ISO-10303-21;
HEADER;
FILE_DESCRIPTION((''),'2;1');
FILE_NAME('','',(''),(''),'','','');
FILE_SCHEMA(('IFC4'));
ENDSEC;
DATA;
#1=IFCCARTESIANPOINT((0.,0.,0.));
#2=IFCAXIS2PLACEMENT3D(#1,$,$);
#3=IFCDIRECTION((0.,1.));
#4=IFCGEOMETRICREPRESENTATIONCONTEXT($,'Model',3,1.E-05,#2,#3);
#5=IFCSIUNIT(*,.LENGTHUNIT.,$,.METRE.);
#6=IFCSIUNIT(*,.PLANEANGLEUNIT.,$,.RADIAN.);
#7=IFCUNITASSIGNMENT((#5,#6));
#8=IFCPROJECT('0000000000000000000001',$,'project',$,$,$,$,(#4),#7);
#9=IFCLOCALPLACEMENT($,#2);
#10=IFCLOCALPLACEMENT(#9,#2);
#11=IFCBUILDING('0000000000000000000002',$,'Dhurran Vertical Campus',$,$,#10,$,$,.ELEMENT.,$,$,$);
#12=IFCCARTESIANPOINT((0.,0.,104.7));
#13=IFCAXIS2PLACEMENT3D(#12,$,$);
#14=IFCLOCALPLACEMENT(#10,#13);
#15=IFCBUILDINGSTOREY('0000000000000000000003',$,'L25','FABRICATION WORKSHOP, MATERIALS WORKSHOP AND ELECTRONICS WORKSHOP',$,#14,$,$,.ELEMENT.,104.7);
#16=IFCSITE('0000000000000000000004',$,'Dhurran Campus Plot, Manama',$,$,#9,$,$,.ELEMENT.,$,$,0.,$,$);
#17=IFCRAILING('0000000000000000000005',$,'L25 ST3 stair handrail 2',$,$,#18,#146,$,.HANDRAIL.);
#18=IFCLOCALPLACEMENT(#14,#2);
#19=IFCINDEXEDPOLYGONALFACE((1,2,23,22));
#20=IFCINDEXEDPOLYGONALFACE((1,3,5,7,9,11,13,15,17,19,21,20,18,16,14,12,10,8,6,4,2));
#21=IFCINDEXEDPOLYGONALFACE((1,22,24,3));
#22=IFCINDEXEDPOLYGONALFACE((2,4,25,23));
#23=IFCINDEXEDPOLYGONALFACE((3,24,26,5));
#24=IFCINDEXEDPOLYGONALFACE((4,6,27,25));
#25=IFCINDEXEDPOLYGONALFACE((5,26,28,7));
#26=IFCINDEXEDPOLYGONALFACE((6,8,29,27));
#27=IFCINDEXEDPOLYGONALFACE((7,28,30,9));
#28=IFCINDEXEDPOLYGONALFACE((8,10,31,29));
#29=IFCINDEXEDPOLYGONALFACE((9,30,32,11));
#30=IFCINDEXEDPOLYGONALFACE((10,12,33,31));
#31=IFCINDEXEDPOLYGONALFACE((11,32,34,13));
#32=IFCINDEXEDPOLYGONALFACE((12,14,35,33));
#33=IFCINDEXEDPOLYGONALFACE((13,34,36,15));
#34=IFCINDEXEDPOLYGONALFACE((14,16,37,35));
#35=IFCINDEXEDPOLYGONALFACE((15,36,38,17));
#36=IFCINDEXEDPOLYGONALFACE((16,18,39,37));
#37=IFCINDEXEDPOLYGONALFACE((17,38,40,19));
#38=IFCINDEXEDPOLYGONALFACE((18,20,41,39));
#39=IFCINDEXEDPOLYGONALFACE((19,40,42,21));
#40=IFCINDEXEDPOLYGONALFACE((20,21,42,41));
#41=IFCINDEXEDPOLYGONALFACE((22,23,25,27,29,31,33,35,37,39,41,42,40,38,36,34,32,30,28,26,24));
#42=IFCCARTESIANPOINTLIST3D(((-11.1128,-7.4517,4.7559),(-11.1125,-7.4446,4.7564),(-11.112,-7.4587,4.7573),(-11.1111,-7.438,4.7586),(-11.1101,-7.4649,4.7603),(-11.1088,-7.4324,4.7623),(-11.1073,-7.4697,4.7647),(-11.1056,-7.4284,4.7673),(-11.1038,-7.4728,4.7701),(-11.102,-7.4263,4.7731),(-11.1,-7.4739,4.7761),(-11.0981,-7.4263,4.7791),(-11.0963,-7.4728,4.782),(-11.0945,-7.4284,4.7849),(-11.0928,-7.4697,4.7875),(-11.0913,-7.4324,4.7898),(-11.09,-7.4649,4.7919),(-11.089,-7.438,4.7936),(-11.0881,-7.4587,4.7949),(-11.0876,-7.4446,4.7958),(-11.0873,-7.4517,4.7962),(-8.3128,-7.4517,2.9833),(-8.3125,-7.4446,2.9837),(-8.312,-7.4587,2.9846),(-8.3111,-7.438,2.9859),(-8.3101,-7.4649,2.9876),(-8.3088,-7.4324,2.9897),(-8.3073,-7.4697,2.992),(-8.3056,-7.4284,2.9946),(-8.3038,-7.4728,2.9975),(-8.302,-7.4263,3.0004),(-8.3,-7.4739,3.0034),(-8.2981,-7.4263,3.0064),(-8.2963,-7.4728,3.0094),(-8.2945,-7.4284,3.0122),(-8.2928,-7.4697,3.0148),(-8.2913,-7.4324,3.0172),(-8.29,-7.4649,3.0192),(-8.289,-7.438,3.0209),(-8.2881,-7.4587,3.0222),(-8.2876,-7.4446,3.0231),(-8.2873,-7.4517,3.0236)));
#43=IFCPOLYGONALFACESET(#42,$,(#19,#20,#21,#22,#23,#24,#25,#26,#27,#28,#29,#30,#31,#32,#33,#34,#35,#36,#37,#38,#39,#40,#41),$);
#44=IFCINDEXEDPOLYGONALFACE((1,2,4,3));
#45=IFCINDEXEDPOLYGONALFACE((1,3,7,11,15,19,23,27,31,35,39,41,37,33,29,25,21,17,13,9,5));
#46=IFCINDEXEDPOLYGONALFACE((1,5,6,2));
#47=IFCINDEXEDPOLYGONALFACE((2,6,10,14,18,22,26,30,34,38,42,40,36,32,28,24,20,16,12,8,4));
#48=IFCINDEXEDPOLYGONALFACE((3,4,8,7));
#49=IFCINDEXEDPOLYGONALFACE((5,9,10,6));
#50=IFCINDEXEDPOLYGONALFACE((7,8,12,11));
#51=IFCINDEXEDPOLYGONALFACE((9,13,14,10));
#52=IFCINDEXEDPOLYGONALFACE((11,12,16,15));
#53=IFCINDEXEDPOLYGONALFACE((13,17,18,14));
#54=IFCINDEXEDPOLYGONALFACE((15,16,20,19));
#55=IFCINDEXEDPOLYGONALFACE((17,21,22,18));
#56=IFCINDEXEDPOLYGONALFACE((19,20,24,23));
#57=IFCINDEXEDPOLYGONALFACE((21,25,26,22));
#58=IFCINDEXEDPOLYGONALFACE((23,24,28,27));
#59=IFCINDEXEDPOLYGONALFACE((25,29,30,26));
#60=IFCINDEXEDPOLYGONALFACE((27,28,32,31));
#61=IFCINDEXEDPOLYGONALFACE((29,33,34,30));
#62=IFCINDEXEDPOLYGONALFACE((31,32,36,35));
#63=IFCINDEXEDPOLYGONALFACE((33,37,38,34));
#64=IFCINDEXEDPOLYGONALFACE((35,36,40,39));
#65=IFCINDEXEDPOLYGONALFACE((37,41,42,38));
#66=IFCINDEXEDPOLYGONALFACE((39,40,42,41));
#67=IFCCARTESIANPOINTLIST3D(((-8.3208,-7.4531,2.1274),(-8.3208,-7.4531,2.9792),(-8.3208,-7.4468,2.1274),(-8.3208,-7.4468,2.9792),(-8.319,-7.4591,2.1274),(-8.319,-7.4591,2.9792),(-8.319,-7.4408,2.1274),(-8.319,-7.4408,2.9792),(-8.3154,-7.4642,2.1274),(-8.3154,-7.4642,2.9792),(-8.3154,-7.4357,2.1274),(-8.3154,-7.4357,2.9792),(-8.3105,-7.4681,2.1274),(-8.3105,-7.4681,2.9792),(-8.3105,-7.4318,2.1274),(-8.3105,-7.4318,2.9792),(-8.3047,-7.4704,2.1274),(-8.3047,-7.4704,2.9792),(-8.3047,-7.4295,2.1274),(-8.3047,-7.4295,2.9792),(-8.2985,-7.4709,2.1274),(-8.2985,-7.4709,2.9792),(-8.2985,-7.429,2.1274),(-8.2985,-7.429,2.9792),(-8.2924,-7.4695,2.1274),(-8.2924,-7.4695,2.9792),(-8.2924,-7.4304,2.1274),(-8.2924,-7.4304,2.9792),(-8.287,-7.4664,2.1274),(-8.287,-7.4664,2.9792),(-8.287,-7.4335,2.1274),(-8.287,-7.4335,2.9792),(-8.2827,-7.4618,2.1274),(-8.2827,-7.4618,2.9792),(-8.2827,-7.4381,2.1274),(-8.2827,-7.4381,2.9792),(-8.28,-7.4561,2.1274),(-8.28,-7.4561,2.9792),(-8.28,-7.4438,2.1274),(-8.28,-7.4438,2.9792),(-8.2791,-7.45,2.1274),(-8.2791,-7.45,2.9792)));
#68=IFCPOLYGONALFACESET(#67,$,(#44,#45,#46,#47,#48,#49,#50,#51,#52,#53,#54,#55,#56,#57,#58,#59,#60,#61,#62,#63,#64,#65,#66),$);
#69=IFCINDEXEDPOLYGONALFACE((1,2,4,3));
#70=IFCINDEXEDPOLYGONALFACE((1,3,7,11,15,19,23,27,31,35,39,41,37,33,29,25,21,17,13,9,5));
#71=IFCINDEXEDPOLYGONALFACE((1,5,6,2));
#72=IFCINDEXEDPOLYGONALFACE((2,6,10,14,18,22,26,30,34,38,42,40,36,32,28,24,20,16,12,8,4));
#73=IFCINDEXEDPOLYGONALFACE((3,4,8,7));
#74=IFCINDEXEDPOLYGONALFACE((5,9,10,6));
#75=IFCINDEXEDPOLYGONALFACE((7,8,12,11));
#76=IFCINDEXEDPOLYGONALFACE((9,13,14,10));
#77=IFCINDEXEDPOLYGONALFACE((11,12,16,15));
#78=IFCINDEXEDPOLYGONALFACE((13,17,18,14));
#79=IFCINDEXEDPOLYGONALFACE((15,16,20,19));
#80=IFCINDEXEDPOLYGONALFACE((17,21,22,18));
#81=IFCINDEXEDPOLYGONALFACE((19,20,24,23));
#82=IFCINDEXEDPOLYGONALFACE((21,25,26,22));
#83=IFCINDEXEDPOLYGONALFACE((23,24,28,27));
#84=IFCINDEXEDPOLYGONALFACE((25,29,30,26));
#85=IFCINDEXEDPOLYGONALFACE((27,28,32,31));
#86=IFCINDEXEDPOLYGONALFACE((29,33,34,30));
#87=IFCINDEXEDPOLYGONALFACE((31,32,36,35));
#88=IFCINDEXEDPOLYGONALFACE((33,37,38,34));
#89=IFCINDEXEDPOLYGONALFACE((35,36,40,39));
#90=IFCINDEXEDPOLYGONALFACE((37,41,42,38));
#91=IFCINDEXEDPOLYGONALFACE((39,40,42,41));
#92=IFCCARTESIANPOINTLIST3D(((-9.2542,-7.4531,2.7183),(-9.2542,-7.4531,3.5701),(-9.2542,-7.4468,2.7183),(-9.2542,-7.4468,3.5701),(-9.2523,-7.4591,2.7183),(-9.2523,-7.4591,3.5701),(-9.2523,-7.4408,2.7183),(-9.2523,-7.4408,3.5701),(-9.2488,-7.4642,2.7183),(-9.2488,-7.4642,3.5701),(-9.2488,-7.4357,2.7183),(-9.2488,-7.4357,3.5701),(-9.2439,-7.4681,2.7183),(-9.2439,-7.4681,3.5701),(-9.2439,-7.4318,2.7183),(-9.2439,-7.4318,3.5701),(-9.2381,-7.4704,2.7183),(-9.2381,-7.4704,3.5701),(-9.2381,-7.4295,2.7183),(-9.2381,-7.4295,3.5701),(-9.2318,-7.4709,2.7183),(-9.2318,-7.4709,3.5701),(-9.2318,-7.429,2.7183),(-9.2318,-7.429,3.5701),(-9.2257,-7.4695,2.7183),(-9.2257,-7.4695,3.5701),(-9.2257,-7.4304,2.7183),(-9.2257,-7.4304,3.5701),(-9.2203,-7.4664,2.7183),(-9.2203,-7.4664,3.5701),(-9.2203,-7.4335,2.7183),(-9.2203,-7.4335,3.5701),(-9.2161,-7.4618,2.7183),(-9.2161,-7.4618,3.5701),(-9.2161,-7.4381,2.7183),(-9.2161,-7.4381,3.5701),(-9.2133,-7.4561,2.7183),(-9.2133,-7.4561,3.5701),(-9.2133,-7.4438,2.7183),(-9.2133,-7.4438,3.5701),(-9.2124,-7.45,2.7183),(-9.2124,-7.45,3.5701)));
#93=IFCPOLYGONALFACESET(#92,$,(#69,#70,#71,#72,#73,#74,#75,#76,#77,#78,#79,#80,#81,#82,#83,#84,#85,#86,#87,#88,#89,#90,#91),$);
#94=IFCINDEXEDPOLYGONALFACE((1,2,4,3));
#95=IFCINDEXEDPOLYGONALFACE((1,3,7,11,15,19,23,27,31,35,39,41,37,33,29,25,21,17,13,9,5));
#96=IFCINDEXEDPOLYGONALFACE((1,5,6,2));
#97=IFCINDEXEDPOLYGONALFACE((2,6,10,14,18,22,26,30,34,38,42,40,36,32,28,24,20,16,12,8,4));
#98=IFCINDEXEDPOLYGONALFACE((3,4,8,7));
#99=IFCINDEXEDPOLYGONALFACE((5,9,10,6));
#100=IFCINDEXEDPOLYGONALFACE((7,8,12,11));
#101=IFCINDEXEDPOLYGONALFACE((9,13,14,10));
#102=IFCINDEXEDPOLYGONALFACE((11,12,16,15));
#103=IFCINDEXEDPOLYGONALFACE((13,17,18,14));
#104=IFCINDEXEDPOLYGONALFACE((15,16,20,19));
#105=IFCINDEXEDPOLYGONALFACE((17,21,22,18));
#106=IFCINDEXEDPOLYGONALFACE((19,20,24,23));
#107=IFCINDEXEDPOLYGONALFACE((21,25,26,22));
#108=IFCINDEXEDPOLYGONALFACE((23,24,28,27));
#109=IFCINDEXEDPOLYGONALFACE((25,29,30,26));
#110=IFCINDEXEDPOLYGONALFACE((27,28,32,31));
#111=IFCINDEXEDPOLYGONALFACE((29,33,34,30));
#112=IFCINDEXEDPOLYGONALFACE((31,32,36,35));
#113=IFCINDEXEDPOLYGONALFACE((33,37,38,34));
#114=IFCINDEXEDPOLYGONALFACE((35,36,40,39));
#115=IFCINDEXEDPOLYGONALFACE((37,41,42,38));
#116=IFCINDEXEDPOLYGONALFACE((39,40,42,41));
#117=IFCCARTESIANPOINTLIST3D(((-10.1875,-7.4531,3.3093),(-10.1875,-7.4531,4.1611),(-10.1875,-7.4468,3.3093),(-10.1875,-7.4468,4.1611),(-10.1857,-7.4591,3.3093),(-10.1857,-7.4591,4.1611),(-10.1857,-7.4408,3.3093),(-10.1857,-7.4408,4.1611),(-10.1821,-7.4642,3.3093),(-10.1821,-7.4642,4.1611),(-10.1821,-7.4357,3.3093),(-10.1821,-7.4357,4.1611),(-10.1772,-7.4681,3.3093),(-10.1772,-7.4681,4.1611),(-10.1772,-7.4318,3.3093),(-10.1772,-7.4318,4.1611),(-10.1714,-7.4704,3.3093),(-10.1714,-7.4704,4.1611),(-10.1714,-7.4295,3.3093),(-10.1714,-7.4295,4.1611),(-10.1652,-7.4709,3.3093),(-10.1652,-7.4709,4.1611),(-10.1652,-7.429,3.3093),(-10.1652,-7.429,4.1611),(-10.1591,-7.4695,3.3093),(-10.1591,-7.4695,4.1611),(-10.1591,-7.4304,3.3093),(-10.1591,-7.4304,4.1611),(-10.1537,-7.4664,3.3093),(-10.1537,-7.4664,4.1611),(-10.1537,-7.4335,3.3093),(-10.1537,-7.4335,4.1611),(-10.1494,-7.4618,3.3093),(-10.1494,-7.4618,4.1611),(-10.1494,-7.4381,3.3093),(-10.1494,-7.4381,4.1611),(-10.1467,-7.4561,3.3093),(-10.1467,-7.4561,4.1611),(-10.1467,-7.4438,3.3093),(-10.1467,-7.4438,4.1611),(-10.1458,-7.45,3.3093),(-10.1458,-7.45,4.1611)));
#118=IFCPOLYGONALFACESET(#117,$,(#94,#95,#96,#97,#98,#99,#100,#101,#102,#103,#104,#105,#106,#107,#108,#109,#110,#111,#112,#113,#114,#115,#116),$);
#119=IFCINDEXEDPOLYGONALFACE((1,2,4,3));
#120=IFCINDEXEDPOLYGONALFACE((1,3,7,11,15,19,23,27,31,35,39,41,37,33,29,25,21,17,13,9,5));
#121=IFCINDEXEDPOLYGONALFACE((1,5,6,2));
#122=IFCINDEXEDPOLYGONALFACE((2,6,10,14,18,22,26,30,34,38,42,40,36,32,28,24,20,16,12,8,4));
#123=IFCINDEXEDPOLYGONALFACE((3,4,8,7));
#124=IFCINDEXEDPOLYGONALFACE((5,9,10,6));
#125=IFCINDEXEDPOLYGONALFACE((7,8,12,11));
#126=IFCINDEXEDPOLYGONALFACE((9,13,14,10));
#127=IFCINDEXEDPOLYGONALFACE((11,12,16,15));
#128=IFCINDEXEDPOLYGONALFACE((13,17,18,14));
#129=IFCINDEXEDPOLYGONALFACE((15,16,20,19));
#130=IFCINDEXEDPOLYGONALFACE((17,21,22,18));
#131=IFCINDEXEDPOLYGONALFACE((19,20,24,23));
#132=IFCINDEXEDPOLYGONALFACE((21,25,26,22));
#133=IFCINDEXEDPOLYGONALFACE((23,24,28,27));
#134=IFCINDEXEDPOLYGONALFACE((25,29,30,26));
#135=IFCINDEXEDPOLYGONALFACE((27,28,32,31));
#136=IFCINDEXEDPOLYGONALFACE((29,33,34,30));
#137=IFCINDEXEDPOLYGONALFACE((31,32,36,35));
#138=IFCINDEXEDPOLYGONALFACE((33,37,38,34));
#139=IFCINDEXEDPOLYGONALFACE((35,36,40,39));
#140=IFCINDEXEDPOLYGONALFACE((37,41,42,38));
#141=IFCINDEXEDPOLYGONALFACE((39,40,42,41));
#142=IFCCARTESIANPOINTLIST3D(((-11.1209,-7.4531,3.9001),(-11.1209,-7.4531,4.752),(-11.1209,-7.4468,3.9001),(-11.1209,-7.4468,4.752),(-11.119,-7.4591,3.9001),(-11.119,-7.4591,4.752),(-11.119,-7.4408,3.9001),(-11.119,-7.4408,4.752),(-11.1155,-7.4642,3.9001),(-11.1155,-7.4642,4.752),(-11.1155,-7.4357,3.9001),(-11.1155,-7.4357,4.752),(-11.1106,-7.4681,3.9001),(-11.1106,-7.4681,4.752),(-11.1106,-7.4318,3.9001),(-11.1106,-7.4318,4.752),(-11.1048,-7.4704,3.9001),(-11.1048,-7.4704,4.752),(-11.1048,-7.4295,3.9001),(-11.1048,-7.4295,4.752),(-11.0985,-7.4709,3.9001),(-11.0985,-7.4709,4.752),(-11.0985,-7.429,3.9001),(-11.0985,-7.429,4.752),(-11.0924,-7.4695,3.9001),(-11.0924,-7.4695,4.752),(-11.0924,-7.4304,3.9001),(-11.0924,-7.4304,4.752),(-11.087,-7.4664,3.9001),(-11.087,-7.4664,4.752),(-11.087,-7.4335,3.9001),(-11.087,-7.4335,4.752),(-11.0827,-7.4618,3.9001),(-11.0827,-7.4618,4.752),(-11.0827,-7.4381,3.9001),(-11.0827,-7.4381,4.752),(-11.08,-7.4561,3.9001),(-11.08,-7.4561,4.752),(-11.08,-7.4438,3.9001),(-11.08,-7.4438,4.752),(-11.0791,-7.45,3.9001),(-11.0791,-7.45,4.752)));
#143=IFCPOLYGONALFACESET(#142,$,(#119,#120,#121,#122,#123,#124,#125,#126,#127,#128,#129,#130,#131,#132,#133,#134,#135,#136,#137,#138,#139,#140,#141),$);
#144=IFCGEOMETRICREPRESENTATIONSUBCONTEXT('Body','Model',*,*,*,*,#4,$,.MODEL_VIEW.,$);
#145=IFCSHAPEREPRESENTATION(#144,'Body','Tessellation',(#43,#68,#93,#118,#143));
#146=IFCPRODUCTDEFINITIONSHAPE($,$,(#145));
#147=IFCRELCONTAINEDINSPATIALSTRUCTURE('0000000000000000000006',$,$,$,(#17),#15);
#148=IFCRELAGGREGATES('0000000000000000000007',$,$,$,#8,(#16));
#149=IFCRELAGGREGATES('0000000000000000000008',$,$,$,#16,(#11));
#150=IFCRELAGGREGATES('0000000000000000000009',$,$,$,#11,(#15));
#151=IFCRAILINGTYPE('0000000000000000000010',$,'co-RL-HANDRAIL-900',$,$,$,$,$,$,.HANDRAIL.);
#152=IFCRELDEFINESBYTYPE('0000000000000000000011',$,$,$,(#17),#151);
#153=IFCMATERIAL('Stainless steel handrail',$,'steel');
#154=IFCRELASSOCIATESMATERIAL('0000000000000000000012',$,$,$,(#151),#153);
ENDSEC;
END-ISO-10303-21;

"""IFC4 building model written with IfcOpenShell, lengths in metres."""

from ifc_helpers import new_model, si_unit, direction, frame, origin, origin_2d, place, context, subcontext, project, spatial, circle, extrude, material, type_object, element, save


model = new_model("IFC4")

# Units and contexts
model_context = context("Model", 3, precision=1e-05, world=origin(), true_north=direction((0.0, 1.0)))
body_context = subcontext(model_context, "Body", "Model", "MODEL_VIEW")
ifc_project = project(units=[si_unit("LENGTHUNIT", "METRE"), si_unit("PLANEANGLEUNIT", "RADIAN")], contexts=[model_context])

# Site, building, storey
site_placement = place(None, origin())
site = spatial("IfcSite", under=ifc_project, at=site_placement, Name="Dhurran Campus Plot, Manama", CompositionType="ELEMENT", RefElevation=0.0)
building_placement = place(site_placement, origin())
building = spatial("IfcBuilding", under=site, at=building_placement, Name="Dhurran Vertical Campus", CompositionType="ELEMENT")
storey_placement = place(building_placement, frame((0.0, 0.0, 104.7)))
storey = spatial("IfcBuildingStorey", under=building, at=storey_placement, Name="L25", Description="FABRICATION WORKSHOP, MATERIALS WORKSHOP AND ELECTRONICS WORKSHOP", CompositionType="ELEMENT", Elevation=104.7)

# Railing
ifc_material_1 = material(Name="Stainless steel handrail", Category="steel")
railing_type_1 = type_object("IfcRailingType", Name="co-RL-HANDRAIL-900", PredefinedType="HANDRAIL", material=ifc_material_1)
railing_1_placement = place(storey_placement, frame((-8.3, -7.45, 2.1274)))
element("IfcRailing", 1, at=railing_1_placement, inside=storey, type_object=railing_type_1, Name="L25 ST3 stair handrail 2", PredefinedType="HANDRAIL", context=body_context, shape_type="SweptSolid", body=[
    extrude(circle(Radius=0.0239, at=origin_2d()), frame((0.0, 0.0, 0.876), z_axis=(-0.844909, 0.0, 0.53491), x_axis=(0.0, -1.0, 0.0)), (0.0, 0.0, 1.0), 3.314),
    extrude(circle(Radius=0.021, at=origin_2d()), origin(), (0.0, 0.0, 1.0), 0.8518),
    extrude(circle(Radius=0.021, at=origin_2d()), frame((-0.9333, 0.0, 0.5908)), (0.0, 0.0, 1.0), 0.8518),
    extrude(circle(Radius=0.021, at=origin_2d()), frame((-1.8667, 0.0, 1.1819)), (0.0, 0.0, 1.0), 0.8518),
    extrude(circle(Radius=0.021, at=origin_2d()), frame((-2.8, 0.0, 1.7727)), (0.0, 0.0, 1.0), 0.8518),
])

save(model, "model.ifc")
